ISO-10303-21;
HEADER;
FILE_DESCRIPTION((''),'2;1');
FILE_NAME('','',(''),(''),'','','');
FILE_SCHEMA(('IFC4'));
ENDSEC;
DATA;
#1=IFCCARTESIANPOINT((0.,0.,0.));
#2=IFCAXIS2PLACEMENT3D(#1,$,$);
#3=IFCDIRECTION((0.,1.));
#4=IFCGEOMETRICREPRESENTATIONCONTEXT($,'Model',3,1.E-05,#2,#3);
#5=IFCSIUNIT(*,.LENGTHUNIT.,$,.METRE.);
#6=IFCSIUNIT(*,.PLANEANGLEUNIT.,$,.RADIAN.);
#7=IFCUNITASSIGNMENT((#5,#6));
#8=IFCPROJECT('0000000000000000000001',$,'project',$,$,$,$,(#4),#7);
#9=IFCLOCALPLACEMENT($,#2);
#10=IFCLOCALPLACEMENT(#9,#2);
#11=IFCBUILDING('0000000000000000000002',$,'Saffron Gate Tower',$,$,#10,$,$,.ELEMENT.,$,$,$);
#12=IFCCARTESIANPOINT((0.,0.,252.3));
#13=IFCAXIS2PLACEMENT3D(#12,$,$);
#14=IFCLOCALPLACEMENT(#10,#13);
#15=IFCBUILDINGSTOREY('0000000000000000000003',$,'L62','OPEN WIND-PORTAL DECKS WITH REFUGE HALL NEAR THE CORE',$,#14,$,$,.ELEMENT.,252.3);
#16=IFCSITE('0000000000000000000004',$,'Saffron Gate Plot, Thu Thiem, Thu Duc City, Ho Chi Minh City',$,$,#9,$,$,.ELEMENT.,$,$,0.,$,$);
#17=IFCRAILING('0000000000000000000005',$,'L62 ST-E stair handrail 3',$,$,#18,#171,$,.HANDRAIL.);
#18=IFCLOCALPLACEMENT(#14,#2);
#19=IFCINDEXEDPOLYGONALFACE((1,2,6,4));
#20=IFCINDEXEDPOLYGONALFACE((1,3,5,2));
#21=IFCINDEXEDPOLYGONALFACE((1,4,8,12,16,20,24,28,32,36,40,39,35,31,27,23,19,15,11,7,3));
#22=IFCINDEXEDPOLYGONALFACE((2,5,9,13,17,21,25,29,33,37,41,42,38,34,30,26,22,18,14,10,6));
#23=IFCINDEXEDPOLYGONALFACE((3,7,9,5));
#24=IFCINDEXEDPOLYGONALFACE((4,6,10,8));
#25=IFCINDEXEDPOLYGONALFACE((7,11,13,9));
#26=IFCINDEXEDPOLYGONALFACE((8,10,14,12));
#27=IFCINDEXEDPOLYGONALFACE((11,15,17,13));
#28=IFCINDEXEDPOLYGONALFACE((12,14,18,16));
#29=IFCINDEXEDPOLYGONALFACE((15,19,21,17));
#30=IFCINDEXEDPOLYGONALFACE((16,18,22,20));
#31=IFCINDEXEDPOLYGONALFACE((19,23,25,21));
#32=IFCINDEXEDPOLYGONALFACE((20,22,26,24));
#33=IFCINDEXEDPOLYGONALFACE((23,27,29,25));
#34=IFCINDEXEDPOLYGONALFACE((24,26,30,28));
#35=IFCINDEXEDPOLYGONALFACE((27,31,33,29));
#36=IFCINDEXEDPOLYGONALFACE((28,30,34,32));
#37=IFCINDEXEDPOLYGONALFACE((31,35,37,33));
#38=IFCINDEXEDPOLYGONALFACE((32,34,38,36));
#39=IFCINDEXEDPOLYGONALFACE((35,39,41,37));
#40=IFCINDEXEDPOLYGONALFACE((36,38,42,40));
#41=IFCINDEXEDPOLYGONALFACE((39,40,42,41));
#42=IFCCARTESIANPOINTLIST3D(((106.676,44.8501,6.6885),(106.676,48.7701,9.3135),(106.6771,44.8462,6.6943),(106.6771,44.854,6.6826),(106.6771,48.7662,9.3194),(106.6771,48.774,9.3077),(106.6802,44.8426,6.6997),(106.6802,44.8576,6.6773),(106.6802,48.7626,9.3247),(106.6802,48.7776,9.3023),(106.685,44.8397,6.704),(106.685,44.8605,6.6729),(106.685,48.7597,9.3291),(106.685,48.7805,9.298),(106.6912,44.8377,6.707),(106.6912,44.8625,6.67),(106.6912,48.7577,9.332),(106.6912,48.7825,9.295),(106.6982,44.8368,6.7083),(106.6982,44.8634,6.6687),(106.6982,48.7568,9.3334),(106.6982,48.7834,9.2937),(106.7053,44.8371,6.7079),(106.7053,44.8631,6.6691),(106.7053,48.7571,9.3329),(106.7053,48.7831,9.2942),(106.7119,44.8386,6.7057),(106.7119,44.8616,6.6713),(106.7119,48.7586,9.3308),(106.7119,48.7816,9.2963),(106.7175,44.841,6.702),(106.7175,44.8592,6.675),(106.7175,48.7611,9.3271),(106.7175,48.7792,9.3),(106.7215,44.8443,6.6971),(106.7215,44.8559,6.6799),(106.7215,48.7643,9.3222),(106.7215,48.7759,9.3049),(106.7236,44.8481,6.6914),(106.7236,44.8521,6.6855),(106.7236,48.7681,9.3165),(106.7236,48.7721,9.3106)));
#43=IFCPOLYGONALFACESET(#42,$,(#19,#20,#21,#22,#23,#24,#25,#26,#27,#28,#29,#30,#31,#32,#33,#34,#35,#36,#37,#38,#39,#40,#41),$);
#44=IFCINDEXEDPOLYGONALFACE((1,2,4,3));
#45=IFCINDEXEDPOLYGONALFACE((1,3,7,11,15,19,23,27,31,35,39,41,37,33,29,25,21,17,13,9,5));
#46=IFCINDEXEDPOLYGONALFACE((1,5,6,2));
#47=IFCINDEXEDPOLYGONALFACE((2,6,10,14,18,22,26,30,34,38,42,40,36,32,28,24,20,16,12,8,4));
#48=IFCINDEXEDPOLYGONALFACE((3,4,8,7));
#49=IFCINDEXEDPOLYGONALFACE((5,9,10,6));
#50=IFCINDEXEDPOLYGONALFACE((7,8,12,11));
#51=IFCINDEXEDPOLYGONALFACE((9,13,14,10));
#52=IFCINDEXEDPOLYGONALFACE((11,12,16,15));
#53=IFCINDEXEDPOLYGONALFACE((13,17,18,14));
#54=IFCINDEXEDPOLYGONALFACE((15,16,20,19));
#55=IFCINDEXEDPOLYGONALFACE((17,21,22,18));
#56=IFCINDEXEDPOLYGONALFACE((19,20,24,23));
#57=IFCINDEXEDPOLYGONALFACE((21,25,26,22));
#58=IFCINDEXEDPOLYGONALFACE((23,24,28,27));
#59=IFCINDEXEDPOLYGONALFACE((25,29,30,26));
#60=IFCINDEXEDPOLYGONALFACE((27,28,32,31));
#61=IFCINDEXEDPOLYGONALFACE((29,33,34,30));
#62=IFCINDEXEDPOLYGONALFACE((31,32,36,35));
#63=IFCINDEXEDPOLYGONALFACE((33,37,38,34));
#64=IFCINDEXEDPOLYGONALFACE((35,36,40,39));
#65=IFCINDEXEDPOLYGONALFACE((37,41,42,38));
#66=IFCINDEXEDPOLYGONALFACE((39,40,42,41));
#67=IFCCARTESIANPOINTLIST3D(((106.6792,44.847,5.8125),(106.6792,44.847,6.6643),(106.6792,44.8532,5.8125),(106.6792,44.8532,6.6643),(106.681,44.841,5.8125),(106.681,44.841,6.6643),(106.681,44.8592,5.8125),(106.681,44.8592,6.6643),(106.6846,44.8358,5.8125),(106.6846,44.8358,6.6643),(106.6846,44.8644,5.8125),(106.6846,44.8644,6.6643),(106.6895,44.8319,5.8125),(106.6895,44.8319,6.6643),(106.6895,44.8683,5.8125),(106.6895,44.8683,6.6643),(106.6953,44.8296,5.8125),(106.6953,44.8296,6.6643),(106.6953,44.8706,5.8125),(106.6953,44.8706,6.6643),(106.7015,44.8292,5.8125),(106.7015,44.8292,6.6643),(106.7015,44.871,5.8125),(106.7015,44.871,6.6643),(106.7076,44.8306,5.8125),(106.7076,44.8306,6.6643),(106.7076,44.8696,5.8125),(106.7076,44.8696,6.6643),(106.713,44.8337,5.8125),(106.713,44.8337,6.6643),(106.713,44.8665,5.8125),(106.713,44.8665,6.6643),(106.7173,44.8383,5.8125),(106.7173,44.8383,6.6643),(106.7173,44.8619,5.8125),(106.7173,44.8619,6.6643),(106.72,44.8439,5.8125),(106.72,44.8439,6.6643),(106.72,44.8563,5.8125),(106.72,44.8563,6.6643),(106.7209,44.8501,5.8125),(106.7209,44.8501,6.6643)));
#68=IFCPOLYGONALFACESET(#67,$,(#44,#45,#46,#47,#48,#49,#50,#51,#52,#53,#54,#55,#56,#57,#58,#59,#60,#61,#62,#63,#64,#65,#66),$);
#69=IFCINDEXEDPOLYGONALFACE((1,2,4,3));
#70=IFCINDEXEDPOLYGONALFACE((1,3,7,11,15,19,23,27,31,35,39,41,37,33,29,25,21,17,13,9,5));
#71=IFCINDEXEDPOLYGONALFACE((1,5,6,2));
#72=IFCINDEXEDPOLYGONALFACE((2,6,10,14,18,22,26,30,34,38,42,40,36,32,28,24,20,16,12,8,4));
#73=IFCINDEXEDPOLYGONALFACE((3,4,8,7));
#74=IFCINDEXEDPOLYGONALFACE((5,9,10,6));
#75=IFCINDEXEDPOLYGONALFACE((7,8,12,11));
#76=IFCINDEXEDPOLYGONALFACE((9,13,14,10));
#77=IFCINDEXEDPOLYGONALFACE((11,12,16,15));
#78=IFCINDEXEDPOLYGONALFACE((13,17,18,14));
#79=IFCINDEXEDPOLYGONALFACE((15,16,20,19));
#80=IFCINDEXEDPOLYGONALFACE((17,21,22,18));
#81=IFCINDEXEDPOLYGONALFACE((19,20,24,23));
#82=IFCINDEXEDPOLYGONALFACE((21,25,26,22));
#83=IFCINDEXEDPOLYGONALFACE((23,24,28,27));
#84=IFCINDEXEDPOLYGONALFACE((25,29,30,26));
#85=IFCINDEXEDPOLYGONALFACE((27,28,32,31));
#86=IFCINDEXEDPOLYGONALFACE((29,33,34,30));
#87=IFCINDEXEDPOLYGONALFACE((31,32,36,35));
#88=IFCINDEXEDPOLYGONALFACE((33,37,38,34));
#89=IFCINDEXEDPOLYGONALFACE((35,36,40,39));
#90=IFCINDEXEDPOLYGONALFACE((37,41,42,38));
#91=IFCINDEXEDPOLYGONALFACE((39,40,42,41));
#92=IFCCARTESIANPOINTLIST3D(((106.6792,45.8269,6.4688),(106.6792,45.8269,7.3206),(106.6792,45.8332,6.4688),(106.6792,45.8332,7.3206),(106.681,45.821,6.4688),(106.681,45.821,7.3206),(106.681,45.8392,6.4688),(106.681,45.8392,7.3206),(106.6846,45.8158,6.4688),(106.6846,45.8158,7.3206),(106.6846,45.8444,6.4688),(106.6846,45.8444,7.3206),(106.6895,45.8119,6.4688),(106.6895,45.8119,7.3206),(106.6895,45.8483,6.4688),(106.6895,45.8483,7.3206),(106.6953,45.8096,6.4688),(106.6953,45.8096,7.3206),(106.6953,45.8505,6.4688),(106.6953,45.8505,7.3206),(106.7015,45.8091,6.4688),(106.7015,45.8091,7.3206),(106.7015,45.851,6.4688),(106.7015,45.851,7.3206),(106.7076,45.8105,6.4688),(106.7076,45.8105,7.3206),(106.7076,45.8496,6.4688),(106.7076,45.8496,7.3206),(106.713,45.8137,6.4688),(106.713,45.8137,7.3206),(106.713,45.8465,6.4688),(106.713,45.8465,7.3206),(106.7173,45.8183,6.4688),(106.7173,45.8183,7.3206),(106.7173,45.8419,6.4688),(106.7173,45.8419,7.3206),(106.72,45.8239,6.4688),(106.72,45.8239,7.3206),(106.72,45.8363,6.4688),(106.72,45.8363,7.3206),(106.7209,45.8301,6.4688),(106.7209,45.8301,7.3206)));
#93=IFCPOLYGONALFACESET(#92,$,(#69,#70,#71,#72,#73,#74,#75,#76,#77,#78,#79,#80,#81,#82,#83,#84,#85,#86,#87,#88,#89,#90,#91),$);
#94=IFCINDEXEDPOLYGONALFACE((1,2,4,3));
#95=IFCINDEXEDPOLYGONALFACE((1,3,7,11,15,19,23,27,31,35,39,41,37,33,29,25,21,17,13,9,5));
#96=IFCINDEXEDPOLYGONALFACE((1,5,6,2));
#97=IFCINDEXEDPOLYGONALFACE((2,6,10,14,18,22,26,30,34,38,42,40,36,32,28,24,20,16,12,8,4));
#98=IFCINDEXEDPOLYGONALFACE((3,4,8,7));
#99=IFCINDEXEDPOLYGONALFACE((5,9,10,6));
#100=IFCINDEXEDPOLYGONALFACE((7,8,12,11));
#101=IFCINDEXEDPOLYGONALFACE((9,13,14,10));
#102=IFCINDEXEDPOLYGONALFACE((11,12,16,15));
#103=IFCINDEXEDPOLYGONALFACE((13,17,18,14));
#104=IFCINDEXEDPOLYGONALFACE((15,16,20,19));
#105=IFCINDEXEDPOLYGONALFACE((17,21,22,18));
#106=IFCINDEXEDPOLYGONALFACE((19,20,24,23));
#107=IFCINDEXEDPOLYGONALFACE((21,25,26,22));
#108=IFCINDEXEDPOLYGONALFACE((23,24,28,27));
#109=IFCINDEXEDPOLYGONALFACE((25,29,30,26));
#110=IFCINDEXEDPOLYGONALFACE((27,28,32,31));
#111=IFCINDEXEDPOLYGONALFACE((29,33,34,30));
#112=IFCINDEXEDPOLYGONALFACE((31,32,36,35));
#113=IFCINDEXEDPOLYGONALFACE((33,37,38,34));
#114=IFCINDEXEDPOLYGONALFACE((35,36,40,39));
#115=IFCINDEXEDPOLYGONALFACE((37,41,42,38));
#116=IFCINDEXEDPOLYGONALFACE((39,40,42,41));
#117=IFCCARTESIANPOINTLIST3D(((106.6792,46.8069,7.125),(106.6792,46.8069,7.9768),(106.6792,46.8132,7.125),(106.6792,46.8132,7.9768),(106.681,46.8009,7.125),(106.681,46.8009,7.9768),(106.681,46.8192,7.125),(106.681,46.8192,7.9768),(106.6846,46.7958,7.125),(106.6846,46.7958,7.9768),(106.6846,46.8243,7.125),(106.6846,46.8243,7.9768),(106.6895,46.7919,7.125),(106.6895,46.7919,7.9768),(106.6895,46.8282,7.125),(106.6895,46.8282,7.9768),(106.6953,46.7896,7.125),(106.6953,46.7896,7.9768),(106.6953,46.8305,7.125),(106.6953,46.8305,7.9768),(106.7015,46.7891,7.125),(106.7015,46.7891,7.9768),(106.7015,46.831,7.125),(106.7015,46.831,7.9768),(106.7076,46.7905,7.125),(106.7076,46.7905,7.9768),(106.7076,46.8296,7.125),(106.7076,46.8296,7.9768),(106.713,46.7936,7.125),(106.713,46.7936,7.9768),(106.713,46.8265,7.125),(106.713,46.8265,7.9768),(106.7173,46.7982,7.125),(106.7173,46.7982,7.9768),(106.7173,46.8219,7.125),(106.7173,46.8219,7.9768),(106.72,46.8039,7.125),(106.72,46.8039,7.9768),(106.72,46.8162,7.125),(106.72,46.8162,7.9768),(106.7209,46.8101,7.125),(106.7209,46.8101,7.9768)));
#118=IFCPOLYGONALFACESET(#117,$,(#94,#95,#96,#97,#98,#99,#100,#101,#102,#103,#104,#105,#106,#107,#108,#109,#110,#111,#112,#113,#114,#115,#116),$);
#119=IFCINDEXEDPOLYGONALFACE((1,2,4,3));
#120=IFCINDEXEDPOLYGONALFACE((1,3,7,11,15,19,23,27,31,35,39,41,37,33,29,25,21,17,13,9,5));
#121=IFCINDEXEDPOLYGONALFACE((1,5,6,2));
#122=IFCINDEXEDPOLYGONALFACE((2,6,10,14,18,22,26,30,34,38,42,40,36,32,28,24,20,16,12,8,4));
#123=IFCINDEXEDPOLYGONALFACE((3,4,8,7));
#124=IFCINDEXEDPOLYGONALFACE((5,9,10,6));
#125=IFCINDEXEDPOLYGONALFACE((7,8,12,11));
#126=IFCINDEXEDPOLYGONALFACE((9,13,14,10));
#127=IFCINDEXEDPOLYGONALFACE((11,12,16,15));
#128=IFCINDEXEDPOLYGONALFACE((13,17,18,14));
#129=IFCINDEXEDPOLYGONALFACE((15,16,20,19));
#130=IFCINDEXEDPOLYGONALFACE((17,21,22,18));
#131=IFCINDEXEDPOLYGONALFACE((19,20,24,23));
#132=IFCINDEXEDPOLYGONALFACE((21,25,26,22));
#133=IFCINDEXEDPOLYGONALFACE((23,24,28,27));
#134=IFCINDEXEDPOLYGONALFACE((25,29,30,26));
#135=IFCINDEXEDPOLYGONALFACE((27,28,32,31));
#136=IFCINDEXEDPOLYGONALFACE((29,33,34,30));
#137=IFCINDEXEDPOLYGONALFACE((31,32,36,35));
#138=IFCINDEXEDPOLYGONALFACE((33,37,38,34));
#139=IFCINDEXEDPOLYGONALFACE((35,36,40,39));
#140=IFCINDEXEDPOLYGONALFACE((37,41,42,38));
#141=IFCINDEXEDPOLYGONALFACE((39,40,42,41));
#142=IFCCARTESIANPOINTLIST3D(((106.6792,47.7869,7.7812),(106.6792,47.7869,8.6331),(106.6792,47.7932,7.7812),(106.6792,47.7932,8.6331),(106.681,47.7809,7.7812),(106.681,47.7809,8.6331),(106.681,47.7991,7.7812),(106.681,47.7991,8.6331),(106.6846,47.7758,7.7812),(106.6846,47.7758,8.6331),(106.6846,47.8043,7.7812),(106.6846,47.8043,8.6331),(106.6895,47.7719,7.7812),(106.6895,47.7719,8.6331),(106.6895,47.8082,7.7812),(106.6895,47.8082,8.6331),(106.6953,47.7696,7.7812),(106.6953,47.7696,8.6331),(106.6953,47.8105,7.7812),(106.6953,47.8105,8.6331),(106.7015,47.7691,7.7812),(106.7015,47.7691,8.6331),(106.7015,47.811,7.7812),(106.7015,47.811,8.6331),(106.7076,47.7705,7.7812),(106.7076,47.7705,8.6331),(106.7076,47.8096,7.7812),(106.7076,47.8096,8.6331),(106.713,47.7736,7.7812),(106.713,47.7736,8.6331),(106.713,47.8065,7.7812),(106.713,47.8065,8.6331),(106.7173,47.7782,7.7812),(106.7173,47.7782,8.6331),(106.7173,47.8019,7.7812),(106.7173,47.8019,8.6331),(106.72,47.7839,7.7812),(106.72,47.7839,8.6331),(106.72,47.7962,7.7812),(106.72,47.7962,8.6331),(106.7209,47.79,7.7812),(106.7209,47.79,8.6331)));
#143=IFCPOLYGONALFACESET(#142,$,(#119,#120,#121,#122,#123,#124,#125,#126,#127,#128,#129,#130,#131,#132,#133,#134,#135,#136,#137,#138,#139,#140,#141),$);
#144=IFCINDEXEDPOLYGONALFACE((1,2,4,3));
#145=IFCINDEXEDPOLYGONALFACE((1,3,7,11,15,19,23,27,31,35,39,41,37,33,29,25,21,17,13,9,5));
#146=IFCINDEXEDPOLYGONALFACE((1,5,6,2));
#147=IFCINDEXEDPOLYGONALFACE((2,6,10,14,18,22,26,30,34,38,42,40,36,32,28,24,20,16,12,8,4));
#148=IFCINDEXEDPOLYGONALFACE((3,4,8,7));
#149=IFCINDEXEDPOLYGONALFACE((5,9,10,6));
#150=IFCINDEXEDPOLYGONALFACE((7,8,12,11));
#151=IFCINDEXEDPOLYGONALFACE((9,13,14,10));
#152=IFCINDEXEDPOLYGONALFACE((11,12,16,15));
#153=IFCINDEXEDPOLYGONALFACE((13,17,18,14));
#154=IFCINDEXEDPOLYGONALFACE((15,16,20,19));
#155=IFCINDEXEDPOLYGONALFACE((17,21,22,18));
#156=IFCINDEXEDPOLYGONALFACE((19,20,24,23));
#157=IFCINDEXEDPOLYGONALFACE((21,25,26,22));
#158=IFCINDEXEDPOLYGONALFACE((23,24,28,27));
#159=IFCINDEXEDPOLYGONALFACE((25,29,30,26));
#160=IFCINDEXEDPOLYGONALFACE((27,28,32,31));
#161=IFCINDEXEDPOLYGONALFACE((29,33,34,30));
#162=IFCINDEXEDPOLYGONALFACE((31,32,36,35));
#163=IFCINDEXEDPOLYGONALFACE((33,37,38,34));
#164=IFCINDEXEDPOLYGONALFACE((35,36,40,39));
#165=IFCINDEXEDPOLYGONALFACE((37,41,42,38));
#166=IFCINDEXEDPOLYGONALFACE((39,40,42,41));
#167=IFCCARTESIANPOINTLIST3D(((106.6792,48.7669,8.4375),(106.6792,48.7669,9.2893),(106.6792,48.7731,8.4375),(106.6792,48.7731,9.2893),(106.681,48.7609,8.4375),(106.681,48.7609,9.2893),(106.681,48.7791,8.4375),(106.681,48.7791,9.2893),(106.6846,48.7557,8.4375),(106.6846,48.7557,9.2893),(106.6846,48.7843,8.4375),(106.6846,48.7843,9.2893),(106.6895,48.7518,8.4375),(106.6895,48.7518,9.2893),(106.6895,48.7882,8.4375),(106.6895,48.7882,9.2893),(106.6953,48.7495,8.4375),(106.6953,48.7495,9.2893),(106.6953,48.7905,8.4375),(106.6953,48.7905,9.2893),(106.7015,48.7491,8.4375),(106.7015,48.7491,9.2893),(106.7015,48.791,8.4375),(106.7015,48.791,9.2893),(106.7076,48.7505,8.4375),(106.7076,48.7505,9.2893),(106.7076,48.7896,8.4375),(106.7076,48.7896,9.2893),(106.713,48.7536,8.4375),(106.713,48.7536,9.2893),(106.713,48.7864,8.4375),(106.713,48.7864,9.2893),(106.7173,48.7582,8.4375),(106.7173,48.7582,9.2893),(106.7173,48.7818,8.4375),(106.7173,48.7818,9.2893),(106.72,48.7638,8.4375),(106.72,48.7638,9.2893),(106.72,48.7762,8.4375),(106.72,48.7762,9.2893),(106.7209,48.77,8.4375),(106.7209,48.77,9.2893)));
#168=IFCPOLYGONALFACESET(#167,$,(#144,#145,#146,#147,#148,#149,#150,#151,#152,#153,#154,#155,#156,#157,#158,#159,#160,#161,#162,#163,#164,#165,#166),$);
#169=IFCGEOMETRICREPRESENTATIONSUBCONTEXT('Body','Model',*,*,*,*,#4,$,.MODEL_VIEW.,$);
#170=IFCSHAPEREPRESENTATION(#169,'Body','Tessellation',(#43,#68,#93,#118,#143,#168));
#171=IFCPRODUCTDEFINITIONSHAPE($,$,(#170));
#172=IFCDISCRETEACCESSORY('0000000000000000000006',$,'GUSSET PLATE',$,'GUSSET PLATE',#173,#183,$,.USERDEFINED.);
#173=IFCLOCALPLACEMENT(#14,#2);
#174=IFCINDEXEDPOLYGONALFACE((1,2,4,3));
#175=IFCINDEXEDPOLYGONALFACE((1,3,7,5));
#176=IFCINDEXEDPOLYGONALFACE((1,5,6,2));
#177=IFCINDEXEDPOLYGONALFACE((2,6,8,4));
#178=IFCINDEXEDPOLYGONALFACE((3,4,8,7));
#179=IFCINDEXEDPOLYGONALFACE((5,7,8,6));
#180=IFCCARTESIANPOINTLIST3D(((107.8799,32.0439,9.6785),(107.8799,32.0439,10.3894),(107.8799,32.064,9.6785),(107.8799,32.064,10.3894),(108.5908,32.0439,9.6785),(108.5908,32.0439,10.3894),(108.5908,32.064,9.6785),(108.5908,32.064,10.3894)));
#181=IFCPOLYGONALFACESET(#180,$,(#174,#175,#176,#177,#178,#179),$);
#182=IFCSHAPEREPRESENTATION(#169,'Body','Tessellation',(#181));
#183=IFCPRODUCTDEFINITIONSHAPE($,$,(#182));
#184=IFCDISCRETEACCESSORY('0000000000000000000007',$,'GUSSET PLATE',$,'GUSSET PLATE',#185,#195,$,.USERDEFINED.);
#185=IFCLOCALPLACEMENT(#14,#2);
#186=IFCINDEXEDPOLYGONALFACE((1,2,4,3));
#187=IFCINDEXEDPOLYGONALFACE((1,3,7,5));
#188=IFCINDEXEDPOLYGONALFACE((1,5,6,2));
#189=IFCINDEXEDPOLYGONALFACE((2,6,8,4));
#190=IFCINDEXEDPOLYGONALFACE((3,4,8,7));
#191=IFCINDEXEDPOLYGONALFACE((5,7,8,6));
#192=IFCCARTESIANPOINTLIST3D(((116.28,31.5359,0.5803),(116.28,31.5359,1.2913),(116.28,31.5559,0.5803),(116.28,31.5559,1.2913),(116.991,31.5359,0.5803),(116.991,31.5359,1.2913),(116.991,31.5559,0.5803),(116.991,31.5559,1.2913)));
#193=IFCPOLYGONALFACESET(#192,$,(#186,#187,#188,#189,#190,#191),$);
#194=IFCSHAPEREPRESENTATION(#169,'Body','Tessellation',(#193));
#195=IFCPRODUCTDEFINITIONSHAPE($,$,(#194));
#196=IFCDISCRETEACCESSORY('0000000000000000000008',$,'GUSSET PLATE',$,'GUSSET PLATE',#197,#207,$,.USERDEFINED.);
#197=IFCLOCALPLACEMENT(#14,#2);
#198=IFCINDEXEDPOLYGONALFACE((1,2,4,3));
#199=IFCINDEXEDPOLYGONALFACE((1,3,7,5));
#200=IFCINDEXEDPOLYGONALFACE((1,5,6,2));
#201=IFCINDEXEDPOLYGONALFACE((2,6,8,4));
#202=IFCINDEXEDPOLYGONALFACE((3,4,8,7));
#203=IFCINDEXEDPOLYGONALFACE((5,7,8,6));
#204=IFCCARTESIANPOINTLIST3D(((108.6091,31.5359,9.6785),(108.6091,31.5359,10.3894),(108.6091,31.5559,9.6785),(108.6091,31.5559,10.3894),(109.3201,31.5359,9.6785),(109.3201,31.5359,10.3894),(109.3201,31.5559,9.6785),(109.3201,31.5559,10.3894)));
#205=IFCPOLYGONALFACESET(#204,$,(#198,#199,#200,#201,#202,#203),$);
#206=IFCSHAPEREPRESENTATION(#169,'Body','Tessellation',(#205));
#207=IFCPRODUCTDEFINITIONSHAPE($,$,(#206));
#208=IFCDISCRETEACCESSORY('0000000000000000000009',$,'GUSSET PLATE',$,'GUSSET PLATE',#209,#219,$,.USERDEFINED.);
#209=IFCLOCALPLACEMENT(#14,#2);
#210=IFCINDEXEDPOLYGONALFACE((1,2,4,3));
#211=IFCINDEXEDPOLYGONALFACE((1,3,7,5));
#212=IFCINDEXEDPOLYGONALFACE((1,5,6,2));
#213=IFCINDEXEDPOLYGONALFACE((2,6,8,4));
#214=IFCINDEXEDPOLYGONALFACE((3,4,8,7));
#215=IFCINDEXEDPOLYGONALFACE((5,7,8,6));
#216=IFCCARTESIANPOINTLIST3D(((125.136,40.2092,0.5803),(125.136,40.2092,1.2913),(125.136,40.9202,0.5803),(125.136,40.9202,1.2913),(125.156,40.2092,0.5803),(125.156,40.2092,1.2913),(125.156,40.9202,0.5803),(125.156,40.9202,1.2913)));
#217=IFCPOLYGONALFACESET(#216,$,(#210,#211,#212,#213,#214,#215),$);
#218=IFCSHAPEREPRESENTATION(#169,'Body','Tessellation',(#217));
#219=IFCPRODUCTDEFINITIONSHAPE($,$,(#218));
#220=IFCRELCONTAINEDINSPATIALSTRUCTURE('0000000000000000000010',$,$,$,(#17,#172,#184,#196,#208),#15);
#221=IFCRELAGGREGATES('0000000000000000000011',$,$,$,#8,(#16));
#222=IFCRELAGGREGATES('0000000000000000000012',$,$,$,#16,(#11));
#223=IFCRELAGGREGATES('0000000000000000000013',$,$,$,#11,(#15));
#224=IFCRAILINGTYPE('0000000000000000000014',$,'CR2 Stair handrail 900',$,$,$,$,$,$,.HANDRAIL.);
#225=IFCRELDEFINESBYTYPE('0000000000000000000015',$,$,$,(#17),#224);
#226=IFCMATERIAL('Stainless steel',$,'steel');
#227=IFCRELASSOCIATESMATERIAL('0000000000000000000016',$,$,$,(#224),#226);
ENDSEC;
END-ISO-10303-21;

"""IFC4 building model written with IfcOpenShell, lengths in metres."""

from ifc_helpers import new_model, si_unit, direction, frame, origin, origin_2d, place, context, subcontext, project, spatial, rectangle, circle, extrude, material, type_object, element, save


model = new_model("IFC4")

# Units and contexts
model_context = context("Model", 3, precision=1e-05, world=origin(), true_north=direction((0.0, 1.0)))
body_context = subcontext(model_context, "Body", "Model", "MODEL_VIEW")
ifc_project = project(units=[si_unit("LENGTHUNIT", "METRE"), si_unit("PLANEANGLEUNIT", "RADIAN")], contexts=[model_context])

# Site, building, storey
site_placement = place(None, origin())
site = spatial("IfcSite", under=ifc_project, at=site_placement, Name="Saffron Gate Plot, Thu Thiem, Thu Duc City, Ho Chi Minh City", CompositionType="ELEMENT", RefElevation=0.0)
building_placement = place(site_placement, origin())
building = spatial("IfcBuilding", under=site, at=building_placement, Name="Saffron Gate Tower", CompositionType="ELEMENT")
storey_placement = place(building_placement, frame((0.0, 0.0, 252.3)))
storey = spatial("IfcBuildingStorey", under=building, at=storey_placement, Name="L62", Description="OPEN WIND-PORTAL DECKS WITH REFUGE HALL NEAR THE CORE", CompositionType="ELEMENT", Elevation=252.3)

# Railing
ifc_material_1 = material(Name="Stainless steel", Category="steel")
railing_type_1 = type_object("IfcRailingType", Name="CR2 Stair handrail 900", PredefinedType="HANDRAIL", material=ifc_material_1)
railing_1_placement = place(storey_placement, frame((106.7, 44.8501, 5.8125)))
element("IfcRailing", 1, at=railing_1_placement, inside=storey, type_object=railing_type_1, Name="L62 ST-E stair handrail 3", PredefinedType="HANDRAIL", context=body_context, shape_type="SweptSolid", body=[
    extrude(circle(Radius=0.0239, at=origin_2d()), frame((0.0, 0.0, 0.876), z_axis=(0.0, 0.830902, 0.556419), x_axis=(-1.0, 0.0, 0.0)), (0.0, 0.0, 1.0), 4.7178),
    extrude(circle(Radius=0.021, at=origin_2d()), origin(), (0.0, 0.0, 1.0), 0.8518),
    extrude(circle(Radius=0.021, at=origin_2d()), frame((0.0, 0.98, 0.6562)), (0.0, 0.0, 1.0), 0.8518),
    extrude(circle(Radius=0.021, at=origin_2d()), frame((0.0, 1.96, 1.3125)), (0.0, 0.0, 1.0), 0.8518),
    extrude(circle(Radius=0.021, at=origin_2d()), frame((0.0, 2.9399, 1.9688)), (0.0, 0.0, 1.0), 0.8518),
    extrude(circle(Radius=0.021, at=origin_2d()), frame((0.0, 3.9199, 2.625)), (0.0, 0.0, 1.0), 0.8518),
])

# Discrete accessories
for number, where, z_axis, x_axis, name in (
    (2, (108.2354, 32.054, 9.6785), (0.0, 0.0, 1.0), (1.0, 0.0, 0.0), "GUSSET PLATE"),
    (3, (116.6355, 31.5459, 0.5803), (0.0, 0.0, 1.0), (-1.0, 0.0, 0.0), "GUSSET PLATE"),
    (4, (108.9646, 31.5459, 9.6785), (0.0, 0.0, 1.0), (-1.0, 0.0, 0.0), "GUSSET PLATE"),
    (5, (125.146, 40.5647, 0.5803), (0.0, 0.0, 1.0), (0.0, 1.0, 0.0), "GUSSET PLATE"),
):
    element("IfcDiscreteAccessory", number, at=place(storey_placement, frame(where, z_axis=z_axis, x_axis=x_axis)), inside=storey, Name=name, ObjectType="GUSSET PLATE", PredefinedType="USERDEFINED", context=body_context, shape_type="SweptSolid", body=[
        extrude(rectangle(XDim=0.7109, YDim=0.02, at=origin_2d()), origin(), (0.0, 0.0, 1.0), 0.7109),
    ])

save(model, "model.ifc")
